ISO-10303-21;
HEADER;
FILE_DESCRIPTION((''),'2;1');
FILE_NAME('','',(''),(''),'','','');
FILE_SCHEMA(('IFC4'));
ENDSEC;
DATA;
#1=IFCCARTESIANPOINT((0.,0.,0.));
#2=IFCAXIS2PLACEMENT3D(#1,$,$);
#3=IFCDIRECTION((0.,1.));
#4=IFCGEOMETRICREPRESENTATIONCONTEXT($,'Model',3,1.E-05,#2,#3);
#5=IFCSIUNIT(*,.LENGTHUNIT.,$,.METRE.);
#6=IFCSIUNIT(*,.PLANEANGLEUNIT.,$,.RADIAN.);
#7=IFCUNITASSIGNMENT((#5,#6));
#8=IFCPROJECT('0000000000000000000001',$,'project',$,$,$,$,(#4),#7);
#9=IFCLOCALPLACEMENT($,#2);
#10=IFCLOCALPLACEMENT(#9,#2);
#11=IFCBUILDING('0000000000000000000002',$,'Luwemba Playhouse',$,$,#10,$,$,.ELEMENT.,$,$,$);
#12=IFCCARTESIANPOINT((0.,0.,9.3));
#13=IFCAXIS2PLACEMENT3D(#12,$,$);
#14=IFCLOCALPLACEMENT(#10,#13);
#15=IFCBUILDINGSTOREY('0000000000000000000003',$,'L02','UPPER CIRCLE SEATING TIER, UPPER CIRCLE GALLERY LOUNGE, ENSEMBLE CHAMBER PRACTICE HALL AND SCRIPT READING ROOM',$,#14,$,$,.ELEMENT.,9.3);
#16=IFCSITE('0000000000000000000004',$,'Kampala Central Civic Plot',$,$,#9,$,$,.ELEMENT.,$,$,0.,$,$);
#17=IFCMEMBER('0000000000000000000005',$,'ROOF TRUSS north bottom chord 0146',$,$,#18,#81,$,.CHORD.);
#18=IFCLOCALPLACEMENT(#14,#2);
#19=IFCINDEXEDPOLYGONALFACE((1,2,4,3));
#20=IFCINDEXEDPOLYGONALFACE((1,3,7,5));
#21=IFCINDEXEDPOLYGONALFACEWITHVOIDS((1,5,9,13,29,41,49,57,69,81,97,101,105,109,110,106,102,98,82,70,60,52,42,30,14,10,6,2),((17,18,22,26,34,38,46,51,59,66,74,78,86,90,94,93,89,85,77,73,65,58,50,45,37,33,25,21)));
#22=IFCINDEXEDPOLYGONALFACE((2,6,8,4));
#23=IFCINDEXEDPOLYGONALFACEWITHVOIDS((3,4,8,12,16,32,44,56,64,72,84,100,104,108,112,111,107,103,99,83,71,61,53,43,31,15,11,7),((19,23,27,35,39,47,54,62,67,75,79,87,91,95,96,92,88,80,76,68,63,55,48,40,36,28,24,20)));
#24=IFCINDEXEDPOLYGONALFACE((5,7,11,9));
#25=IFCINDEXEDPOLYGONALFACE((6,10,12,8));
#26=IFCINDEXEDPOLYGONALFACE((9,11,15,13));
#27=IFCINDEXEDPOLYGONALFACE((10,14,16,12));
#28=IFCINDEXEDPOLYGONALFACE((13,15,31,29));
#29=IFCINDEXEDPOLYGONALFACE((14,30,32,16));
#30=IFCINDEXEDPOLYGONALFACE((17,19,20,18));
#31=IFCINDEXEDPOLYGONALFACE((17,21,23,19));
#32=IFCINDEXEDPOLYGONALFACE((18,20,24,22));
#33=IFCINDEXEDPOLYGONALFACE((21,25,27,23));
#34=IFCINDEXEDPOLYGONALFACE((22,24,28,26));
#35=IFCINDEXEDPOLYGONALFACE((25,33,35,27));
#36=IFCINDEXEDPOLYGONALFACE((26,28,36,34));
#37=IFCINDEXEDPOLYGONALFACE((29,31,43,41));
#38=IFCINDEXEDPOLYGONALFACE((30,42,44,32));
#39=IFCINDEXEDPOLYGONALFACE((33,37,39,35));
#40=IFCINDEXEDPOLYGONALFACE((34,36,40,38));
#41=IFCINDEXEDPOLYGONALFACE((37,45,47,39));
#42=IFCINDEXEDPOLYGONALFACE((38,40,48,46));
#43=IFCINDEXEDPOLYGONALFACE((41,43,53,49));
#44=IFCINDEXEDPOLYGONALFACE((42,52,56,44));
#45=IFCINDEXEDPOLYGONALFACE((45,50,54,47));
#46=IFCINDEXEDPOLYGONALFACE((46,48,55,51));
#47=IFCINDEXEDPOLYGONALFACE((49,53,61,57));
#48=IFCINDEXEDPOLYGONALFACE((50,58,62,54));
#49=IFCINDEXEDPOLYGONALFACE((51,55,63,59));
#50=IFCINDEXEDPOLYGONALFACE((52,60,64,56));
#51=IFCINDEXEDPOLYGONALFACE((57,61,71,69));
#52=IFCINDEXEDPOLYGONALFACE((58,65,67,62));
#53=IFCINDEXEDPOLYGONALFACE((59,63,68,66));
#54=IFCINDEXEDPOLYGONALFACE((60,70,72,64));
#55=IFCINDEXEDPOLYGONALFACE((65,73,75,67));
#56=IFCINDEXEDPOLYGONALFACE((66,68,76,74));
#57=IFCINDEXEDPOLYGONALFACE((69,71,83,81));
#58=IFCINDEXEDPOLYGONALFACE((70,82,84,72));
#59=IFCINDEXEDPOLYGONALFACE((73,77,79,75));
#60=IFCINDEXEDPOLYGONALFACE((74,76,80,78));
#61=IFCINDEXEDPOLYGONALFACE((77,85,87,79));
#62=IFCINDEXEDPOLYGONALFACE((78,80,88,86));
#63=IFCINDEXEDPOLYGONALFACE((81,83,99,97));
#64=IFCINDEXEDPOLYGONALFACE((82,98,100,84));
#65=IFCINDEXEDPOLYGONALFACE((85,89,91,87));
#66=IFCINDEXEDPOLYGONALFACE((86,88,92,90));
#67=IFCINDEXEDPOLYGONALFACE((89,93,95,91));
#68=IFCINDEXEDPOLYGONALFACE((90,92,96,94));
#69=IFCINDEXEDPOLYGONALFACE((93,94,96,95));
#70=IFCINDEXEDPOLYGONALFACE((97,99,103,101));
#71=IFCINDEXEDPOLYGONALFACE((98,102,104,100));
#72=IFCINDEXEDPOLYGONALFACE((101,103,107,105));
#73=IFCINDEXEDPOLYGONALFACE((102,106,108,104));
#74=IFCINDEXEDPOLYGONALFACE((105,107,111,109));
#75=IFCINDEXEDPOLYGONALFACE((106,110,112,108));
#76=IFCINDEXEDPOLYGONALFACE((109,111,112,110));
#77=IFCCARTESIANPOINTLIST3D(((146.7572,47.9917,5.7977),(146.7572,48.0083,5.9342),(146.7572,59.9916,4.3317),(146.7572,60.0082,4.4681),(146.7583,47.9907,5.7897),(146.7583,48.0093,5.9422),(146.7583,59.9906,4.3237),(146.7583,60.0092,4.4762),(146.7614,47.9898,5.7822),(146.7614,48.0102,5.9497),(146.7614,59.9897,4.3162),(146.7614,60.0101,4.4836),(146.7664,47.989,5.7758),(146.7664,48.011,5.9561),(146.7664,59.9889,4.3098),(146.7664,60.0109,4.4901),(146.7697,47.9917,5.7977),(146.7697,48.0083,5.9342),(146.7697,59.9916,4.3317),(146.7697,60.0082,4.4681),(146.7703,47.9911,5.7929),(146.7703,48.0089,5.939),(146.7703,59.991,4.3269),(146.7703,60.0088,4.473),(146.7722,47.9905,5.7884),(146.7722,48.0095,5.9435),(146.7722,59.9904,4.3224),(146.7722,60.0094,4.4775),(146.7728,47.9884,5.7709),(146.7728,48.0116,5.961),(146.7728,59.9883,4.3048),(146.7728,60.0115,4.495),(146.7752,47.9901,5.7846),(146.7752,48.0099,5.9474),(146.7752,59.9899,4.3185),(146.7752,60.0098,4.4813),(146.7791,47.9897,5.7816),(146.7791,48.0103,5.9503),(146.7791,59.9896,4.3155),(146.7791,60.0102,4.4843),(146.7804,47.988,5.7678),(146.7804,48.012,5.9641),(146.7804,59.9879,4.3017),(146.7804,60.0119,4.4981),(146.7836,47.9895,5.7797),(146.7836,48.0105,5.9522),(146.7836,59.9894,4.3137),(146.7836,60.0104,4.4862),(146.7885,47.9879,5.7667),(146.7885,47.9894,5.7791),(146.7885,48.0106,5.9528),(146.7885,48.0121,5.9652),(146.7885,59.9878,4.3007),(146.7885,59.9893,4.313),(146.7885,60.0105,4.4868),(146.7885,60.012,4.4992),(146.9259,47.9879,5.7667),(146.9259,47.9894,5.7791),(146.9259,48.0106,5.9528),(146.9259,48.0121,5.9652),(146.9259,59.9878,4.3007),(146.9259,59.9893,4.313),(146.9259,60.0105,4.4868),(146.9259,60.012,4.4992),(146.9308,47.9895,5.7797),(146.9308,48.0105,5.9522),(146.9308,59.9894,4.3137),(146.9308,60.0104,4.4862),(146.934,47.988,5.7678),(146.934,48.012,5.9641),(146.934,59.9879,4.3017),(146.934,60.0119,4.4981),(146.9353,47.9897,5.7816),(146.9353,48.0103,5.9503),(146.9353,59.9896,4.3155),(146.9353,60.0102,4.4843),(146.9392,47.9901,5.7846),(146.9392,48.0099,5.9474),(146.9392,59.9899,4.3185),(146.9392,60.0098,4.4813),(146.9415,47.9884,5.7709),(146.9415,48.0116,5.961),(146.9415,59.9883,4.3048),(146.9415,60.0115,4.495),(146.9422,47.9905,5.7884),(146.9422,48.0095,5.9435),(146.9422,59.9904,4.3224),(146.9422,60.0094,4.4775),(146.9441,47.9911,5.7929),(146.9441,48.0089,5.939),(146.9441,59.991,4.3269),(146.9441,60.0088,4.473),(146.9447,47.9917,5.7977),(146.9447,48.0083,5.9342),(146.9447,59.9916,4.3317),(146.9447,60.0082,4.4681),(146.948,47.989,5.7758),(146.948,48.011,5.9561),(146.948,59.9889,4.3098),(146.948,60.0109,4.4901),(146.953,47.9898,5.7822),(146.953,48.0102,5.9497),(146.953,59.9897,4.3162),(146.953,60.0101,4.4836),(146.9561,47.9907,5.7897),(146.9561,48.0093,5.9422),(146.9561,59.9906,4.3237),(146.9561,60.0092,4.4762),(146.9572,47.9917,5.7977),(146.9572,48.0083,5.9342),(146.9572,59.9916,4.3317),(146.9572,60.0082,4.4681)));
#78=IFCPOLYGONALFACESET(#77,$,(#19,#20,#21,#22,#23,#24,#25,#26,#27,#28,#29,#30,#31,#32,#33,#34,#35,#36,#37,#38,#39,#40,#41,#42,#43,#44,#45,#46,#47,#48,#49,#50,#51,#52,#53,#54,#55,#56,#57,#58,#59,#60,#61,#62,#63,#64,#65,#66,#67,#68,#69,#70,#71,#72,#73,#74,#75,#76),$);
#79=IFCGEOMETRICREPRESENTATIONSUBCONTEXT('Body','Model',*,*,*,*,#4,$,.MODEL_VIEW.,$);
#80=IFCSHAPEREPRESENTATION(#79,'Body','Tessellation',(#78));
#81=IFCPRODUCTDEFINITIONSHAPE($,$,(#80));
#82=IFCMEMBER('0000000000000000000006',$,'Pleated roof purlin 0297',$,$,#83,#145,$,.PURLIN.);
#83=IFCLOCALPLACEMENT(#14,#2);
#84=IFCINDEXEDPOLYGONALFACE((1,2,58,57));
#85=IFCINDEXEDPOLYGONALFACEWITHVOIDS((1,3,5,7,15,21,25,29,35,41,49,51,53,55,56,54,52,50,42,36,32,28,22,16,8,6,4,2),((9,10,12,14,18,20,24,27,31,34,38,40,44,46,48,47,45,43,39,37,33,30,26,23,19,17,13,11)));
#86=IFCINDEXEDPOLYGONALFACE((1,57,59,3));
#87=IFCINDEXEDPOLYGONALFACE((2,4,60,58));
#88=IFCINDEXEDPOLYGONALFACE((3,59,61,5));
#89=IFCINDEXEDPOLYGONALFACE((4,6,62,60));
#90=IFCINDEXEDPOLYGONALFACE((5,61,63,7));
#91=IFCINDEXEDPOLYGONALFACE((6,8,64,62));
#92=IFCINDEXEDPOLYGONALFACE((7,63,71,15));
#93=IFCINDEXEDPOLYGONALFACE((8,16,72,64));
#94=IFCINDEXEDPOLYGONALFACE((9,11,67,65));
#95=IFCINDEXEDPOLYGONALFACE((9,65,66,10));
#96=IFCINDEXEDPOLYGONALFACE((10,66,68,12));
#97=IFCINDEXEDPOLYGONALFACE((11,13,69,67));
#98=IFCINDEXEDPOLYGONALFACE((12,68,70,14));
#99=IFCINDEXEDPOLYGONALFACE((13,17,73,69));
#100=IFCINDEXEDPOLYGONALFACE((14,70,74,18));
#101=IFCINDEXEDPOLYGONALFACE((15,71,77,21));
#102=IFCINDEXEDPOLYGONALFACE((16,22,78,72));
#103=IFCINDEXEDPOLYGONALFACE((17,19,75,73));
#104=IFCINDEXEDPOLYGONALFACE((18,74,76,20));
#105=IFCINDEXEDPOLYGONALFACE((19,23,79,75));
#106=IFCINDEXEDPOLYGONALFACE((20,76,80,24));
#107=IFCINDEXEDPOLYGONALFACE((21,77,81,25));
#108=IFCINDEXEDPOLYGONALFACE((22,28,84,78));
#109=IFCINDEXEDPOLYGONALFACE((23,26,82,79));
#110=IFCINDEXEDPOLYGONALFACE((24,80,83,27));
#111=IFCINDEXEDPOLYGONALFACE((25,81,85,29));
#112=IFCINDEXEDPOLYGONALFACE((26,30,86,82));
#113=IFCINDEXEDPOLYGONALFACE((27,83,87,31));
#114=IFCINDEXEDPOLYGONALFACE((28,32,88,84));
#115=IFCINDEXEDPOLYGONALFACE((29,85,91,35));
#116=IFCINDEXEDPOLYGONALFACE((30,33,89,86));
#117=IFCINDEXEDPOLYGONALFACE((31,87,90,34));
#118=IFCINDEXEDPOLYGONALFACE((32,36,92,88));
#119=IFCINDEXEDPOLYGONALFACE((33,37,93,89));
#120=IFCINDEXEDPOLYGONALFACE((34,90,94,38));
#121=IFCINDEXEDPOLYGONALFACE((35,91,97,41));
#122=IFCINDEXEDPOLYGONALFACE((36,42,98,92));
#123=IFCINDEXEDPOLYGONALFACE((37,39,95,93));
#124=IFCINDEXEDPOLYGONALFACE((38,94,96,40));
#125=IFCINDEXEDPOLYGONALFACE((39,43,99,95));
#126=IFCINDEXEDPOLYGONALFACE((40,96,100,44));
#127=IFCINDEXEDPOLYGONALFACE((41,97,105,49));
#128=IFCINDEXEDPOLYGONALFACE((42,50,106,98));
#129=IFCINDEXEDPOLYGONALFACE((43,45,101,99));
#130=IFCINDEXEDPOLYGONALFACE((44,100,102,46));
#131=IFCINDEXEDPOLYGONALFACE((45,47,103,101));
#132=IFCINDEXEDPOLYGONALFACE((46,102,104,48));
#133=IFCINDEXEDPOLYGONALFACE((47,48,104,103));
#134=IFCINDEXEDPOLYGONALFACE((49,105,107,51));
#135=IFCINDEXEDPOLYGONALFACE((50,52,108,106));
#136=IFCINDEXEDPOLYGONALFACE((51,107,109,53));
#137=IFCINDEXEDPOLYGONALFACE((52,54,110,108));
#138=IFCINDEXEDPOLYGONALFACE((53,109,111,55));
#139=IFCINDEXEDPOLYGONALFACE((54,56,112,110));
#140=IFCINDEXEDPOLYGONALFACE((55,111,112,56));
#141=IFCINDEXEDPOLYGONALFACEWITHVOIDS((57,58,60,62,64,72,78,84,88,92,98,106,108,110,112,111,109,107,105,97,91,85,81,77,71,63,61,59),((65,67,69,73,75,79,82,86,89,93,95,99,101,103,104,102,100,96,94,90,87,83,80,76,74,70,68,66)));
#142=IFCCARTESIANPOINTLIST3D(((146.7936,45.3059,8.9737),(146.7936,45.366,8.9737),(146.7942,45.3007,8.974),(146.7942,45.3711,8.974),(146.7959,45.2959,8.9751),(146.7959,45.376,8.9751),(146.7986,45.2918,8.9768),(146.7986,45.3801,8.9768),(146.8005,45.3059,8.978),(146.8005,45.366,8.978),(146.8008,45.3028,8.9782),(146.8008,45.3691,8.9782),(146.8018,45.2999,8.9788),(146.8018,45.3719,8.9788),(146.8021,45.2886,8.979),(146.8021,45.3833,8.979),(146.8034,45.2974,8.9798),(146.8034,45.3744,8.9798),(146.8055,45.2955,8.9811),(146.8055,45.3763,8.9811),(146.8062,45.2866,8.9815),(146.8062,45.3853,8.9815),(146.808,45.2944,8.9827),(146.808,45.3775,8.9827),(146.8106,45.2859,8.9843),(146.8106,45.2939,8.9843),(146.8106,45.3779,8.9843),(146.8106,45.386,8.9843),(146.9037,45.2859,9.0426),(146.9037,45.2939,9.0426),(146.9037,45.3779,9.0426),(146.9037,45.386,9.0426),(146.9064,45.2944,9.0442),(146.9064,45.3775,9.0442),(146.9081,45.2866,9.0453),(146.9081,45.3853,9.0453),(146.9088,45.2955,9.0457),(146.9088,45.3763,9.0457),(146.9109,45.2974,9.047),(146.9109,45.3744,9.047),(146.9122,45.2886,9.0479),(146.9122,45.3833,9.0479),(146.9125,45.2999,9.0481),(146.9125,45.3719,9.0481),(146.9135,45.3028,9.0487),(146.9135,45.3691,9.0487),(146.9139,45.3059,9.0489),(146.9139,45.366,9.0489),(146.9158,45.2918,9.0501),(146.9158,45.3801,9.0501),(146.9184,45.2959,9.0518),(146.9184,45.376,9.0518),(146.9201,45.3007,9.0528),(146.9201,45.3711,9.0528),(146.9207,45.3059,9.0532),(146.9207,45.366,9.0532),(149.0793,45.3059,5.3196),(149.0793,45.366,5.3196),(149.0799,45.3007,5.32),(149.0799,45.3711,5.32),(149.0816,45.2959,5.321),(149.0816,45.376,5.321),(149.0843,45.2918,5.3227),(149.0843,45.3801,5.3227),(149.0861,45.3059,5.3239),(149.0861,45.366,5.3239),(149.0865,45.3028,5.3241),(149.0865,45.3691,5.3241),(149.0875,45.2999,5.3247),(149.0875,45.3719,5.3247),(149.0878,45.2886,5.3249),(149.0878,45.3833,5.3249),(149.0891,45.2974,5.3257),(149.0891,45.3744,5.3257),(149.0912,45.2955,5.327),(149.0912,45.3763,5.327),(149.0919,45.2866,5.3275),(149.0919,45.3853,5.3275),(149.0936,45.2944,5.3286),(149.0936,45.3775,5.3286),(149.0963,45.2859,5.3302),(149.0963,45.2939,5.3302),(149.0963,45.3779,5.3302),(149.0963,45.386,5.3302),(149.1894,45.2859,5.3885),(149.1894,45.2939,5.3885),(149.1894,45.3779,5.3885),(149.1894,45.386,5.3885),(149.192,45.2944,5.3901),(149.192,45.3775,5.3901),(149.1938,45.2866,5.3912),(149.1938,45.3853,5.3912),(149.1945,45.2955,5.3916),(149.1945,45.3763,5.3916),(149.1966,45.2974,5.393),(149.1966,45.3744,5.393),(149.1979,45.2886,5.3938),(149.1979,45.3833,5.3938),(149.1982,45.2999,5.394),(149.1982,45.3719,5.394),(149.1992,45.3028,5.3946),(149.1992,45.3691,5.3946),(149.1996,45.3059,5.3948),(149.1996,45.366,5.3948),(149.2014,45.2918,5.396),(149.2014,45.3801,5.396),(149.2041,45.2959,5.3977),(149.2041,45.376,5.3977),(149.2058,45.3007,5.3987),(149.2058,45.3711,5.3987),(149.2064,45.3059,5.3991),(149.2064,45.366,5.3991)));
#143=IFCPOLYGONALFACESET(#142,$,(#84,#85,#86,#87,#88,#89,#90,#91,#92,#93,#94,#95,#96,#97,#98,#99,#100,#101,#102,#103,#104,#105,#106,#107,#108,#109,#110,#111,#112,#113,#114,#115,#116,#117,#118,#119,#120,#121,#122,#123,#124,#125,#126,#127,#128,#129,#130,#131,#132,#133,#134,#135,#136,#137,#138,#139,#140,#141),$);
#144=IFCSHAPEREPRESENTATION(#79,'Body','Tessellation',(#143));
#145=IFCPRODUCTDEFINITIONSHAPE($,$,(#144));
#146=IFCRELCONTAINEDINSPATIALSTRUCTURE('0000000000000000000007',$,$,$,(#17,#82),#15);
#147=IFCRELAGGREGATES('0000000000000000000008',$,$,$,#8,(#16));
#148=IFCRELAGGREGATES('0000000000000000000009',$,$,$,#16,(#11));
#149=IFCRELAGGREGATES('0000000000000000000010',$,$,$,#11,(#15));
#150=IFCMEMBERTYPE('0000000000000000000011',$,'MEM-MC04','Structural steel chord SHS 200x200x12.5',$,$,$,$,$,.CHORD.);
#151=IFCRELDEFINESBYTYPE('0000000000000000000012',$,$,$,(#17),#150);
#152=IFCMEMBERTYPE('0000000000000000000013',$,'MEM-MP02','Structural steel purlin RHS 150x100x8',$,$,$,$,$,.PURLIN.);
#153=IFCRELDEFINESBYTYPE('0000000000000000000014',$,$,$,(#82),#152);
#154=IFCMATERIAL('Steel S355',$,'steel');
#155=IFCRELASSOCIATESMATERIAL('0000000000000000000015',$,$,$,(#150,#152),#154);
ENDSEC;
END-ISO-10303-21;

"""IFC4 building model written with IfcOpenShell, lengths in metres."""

from ifc_helpers import new_model, si_unit, direction, frame, origin, origin_2d, place, context, subcontext, project, spatial, hollow_rectangle, extrude, material, material_profile, profile_set, type_object, element, save


model = new_model("IFC4")

# Units and contexts
model_context = context("Model", 3, precision=1e-05, world=origin(), true_north=direction((0.0, 1.0)))
body_context = subcontext(model_context, "Body", "Model", "MODEL_VIEW")
ifc_project = project(units=[si_unit("LENGTHUNIT", "METRE"), si_unit("PLANEANGLEUNIT", "RADIAN")], contexts=[model_context])

# Site, building, storey
site_placement = place(None, origin())
site = spatial("IfcSite", under=ifc_project, at=site_placement, Name="Kampala Central Civic Plot", CompositionType="ELEMENT", RefElevation=0.0)
building_placement = place(site_placement, origin())
building = spatial("IfcBuilding", under=site, at=building_placement, Name="Luwemba Playhouse", CompositionType="ELEMENT")
storey_placement = place(building_placement, frame((0.0, 0.0, 9.3)))
storey = spatial("IfcBuildingStorey", under=building, at=storey_placement, Name="L02", Description="UPPER CIRCLE SEATING TIER, UPPER CIRCLE GALLERY LOUNGE, ENSEMBLE CHAMBER PRACTICE HALL AND SCRIPT READING ROOM", CompositionType="ELEMENT", Elevation=9.3)

# Shared definitions
ifc_material_1 = material(Name="Steel S355", Category="steel")

# Members
ifc_material_profile_1 = material_profile(ifc_material_1, hollow_rectangle(XDim=0.2, YDim=0.2, WallThickness=0.0125, InnerFilletRadius=0.0188, OuterFilletRadius=0.0312, at=origin_2d()))
ifc_profile_set_1 = profile_set([ifc_material_profile_1], Name="Steel S355")
member_type_1 = type_object("IfcMemberType", Name="MEM-MC04", Description="Structural steel chord SHS 200x200x12.5", PredefinedType="CHORD", material=ifc_profile_set_1)
member_1_placement = place(storey_placement, frame((146.8572, 48.0, 5.866), z_axis=(0.0, 0.99262, -0.12127), x_axis=(-1.0, 0.0, 0.0)))
element("IfcMember", 1, at=member_1_placement, inside=storey, type_object=member_type_1, Name="ROOF TRUSS north bottom chord 0146", PredefinedType="CHORD", context=body_context, shape_type="SweptSolid", body=[
    extrude(hollow_rectangle(XDim=0.2, YDim=0.2, WallThickness=0.0125, InnerFilletRadius=0.0188, OuterFilletRadius=0.0312, at=origin_2d()), origin(), (0.0, 0.0, 1.0), 12.0891),
])
ifc_material_profile_2 = material_profile(ifc_material_1, hollow_rectangle(XDim=0.1001, YDim=0.1499, WallThickness=0.0081, InnerFilletRadius=0.012, OuterFilletRadius=0.02, at=origin_2d()))
ifc_profile_set_2 = profile_set([ifc_material_profile_2], Name="Steel S355")
member_type_2 = type_object("IfcMemberType", Name="MEM-MP02", Description="Structural steel purlin RHS 150x100x8", PredefinedType="PURLIN", material=ifc_profile_set_2)
member_2_placement = place(storey_placement, frame((146.8572, 45.3359, 9.0134), z_axis=(0.530309, 0.0, -0.847804), x_axis=(0.0, 1.0, 0.0)))
element("IfcMember", 2, at=member_2_placement, inside=storey, type_object=member_type_2, Name="Pleated roof purlin 0297", PredefinedType="PURLIN", context=body_context, shape_type="SweptSolid", body=[
    extrude(hollow_rectangle(XDim=0.1001, YDim=0.1499, WallThickness=0.0081, InnerFilletRadius=0.012, OuterFilletRadius=0.02, at=origin_2d()), origin(), (0.0, 0.0, 1.0), 4.3101),
])

save(model, "model.ifc")
